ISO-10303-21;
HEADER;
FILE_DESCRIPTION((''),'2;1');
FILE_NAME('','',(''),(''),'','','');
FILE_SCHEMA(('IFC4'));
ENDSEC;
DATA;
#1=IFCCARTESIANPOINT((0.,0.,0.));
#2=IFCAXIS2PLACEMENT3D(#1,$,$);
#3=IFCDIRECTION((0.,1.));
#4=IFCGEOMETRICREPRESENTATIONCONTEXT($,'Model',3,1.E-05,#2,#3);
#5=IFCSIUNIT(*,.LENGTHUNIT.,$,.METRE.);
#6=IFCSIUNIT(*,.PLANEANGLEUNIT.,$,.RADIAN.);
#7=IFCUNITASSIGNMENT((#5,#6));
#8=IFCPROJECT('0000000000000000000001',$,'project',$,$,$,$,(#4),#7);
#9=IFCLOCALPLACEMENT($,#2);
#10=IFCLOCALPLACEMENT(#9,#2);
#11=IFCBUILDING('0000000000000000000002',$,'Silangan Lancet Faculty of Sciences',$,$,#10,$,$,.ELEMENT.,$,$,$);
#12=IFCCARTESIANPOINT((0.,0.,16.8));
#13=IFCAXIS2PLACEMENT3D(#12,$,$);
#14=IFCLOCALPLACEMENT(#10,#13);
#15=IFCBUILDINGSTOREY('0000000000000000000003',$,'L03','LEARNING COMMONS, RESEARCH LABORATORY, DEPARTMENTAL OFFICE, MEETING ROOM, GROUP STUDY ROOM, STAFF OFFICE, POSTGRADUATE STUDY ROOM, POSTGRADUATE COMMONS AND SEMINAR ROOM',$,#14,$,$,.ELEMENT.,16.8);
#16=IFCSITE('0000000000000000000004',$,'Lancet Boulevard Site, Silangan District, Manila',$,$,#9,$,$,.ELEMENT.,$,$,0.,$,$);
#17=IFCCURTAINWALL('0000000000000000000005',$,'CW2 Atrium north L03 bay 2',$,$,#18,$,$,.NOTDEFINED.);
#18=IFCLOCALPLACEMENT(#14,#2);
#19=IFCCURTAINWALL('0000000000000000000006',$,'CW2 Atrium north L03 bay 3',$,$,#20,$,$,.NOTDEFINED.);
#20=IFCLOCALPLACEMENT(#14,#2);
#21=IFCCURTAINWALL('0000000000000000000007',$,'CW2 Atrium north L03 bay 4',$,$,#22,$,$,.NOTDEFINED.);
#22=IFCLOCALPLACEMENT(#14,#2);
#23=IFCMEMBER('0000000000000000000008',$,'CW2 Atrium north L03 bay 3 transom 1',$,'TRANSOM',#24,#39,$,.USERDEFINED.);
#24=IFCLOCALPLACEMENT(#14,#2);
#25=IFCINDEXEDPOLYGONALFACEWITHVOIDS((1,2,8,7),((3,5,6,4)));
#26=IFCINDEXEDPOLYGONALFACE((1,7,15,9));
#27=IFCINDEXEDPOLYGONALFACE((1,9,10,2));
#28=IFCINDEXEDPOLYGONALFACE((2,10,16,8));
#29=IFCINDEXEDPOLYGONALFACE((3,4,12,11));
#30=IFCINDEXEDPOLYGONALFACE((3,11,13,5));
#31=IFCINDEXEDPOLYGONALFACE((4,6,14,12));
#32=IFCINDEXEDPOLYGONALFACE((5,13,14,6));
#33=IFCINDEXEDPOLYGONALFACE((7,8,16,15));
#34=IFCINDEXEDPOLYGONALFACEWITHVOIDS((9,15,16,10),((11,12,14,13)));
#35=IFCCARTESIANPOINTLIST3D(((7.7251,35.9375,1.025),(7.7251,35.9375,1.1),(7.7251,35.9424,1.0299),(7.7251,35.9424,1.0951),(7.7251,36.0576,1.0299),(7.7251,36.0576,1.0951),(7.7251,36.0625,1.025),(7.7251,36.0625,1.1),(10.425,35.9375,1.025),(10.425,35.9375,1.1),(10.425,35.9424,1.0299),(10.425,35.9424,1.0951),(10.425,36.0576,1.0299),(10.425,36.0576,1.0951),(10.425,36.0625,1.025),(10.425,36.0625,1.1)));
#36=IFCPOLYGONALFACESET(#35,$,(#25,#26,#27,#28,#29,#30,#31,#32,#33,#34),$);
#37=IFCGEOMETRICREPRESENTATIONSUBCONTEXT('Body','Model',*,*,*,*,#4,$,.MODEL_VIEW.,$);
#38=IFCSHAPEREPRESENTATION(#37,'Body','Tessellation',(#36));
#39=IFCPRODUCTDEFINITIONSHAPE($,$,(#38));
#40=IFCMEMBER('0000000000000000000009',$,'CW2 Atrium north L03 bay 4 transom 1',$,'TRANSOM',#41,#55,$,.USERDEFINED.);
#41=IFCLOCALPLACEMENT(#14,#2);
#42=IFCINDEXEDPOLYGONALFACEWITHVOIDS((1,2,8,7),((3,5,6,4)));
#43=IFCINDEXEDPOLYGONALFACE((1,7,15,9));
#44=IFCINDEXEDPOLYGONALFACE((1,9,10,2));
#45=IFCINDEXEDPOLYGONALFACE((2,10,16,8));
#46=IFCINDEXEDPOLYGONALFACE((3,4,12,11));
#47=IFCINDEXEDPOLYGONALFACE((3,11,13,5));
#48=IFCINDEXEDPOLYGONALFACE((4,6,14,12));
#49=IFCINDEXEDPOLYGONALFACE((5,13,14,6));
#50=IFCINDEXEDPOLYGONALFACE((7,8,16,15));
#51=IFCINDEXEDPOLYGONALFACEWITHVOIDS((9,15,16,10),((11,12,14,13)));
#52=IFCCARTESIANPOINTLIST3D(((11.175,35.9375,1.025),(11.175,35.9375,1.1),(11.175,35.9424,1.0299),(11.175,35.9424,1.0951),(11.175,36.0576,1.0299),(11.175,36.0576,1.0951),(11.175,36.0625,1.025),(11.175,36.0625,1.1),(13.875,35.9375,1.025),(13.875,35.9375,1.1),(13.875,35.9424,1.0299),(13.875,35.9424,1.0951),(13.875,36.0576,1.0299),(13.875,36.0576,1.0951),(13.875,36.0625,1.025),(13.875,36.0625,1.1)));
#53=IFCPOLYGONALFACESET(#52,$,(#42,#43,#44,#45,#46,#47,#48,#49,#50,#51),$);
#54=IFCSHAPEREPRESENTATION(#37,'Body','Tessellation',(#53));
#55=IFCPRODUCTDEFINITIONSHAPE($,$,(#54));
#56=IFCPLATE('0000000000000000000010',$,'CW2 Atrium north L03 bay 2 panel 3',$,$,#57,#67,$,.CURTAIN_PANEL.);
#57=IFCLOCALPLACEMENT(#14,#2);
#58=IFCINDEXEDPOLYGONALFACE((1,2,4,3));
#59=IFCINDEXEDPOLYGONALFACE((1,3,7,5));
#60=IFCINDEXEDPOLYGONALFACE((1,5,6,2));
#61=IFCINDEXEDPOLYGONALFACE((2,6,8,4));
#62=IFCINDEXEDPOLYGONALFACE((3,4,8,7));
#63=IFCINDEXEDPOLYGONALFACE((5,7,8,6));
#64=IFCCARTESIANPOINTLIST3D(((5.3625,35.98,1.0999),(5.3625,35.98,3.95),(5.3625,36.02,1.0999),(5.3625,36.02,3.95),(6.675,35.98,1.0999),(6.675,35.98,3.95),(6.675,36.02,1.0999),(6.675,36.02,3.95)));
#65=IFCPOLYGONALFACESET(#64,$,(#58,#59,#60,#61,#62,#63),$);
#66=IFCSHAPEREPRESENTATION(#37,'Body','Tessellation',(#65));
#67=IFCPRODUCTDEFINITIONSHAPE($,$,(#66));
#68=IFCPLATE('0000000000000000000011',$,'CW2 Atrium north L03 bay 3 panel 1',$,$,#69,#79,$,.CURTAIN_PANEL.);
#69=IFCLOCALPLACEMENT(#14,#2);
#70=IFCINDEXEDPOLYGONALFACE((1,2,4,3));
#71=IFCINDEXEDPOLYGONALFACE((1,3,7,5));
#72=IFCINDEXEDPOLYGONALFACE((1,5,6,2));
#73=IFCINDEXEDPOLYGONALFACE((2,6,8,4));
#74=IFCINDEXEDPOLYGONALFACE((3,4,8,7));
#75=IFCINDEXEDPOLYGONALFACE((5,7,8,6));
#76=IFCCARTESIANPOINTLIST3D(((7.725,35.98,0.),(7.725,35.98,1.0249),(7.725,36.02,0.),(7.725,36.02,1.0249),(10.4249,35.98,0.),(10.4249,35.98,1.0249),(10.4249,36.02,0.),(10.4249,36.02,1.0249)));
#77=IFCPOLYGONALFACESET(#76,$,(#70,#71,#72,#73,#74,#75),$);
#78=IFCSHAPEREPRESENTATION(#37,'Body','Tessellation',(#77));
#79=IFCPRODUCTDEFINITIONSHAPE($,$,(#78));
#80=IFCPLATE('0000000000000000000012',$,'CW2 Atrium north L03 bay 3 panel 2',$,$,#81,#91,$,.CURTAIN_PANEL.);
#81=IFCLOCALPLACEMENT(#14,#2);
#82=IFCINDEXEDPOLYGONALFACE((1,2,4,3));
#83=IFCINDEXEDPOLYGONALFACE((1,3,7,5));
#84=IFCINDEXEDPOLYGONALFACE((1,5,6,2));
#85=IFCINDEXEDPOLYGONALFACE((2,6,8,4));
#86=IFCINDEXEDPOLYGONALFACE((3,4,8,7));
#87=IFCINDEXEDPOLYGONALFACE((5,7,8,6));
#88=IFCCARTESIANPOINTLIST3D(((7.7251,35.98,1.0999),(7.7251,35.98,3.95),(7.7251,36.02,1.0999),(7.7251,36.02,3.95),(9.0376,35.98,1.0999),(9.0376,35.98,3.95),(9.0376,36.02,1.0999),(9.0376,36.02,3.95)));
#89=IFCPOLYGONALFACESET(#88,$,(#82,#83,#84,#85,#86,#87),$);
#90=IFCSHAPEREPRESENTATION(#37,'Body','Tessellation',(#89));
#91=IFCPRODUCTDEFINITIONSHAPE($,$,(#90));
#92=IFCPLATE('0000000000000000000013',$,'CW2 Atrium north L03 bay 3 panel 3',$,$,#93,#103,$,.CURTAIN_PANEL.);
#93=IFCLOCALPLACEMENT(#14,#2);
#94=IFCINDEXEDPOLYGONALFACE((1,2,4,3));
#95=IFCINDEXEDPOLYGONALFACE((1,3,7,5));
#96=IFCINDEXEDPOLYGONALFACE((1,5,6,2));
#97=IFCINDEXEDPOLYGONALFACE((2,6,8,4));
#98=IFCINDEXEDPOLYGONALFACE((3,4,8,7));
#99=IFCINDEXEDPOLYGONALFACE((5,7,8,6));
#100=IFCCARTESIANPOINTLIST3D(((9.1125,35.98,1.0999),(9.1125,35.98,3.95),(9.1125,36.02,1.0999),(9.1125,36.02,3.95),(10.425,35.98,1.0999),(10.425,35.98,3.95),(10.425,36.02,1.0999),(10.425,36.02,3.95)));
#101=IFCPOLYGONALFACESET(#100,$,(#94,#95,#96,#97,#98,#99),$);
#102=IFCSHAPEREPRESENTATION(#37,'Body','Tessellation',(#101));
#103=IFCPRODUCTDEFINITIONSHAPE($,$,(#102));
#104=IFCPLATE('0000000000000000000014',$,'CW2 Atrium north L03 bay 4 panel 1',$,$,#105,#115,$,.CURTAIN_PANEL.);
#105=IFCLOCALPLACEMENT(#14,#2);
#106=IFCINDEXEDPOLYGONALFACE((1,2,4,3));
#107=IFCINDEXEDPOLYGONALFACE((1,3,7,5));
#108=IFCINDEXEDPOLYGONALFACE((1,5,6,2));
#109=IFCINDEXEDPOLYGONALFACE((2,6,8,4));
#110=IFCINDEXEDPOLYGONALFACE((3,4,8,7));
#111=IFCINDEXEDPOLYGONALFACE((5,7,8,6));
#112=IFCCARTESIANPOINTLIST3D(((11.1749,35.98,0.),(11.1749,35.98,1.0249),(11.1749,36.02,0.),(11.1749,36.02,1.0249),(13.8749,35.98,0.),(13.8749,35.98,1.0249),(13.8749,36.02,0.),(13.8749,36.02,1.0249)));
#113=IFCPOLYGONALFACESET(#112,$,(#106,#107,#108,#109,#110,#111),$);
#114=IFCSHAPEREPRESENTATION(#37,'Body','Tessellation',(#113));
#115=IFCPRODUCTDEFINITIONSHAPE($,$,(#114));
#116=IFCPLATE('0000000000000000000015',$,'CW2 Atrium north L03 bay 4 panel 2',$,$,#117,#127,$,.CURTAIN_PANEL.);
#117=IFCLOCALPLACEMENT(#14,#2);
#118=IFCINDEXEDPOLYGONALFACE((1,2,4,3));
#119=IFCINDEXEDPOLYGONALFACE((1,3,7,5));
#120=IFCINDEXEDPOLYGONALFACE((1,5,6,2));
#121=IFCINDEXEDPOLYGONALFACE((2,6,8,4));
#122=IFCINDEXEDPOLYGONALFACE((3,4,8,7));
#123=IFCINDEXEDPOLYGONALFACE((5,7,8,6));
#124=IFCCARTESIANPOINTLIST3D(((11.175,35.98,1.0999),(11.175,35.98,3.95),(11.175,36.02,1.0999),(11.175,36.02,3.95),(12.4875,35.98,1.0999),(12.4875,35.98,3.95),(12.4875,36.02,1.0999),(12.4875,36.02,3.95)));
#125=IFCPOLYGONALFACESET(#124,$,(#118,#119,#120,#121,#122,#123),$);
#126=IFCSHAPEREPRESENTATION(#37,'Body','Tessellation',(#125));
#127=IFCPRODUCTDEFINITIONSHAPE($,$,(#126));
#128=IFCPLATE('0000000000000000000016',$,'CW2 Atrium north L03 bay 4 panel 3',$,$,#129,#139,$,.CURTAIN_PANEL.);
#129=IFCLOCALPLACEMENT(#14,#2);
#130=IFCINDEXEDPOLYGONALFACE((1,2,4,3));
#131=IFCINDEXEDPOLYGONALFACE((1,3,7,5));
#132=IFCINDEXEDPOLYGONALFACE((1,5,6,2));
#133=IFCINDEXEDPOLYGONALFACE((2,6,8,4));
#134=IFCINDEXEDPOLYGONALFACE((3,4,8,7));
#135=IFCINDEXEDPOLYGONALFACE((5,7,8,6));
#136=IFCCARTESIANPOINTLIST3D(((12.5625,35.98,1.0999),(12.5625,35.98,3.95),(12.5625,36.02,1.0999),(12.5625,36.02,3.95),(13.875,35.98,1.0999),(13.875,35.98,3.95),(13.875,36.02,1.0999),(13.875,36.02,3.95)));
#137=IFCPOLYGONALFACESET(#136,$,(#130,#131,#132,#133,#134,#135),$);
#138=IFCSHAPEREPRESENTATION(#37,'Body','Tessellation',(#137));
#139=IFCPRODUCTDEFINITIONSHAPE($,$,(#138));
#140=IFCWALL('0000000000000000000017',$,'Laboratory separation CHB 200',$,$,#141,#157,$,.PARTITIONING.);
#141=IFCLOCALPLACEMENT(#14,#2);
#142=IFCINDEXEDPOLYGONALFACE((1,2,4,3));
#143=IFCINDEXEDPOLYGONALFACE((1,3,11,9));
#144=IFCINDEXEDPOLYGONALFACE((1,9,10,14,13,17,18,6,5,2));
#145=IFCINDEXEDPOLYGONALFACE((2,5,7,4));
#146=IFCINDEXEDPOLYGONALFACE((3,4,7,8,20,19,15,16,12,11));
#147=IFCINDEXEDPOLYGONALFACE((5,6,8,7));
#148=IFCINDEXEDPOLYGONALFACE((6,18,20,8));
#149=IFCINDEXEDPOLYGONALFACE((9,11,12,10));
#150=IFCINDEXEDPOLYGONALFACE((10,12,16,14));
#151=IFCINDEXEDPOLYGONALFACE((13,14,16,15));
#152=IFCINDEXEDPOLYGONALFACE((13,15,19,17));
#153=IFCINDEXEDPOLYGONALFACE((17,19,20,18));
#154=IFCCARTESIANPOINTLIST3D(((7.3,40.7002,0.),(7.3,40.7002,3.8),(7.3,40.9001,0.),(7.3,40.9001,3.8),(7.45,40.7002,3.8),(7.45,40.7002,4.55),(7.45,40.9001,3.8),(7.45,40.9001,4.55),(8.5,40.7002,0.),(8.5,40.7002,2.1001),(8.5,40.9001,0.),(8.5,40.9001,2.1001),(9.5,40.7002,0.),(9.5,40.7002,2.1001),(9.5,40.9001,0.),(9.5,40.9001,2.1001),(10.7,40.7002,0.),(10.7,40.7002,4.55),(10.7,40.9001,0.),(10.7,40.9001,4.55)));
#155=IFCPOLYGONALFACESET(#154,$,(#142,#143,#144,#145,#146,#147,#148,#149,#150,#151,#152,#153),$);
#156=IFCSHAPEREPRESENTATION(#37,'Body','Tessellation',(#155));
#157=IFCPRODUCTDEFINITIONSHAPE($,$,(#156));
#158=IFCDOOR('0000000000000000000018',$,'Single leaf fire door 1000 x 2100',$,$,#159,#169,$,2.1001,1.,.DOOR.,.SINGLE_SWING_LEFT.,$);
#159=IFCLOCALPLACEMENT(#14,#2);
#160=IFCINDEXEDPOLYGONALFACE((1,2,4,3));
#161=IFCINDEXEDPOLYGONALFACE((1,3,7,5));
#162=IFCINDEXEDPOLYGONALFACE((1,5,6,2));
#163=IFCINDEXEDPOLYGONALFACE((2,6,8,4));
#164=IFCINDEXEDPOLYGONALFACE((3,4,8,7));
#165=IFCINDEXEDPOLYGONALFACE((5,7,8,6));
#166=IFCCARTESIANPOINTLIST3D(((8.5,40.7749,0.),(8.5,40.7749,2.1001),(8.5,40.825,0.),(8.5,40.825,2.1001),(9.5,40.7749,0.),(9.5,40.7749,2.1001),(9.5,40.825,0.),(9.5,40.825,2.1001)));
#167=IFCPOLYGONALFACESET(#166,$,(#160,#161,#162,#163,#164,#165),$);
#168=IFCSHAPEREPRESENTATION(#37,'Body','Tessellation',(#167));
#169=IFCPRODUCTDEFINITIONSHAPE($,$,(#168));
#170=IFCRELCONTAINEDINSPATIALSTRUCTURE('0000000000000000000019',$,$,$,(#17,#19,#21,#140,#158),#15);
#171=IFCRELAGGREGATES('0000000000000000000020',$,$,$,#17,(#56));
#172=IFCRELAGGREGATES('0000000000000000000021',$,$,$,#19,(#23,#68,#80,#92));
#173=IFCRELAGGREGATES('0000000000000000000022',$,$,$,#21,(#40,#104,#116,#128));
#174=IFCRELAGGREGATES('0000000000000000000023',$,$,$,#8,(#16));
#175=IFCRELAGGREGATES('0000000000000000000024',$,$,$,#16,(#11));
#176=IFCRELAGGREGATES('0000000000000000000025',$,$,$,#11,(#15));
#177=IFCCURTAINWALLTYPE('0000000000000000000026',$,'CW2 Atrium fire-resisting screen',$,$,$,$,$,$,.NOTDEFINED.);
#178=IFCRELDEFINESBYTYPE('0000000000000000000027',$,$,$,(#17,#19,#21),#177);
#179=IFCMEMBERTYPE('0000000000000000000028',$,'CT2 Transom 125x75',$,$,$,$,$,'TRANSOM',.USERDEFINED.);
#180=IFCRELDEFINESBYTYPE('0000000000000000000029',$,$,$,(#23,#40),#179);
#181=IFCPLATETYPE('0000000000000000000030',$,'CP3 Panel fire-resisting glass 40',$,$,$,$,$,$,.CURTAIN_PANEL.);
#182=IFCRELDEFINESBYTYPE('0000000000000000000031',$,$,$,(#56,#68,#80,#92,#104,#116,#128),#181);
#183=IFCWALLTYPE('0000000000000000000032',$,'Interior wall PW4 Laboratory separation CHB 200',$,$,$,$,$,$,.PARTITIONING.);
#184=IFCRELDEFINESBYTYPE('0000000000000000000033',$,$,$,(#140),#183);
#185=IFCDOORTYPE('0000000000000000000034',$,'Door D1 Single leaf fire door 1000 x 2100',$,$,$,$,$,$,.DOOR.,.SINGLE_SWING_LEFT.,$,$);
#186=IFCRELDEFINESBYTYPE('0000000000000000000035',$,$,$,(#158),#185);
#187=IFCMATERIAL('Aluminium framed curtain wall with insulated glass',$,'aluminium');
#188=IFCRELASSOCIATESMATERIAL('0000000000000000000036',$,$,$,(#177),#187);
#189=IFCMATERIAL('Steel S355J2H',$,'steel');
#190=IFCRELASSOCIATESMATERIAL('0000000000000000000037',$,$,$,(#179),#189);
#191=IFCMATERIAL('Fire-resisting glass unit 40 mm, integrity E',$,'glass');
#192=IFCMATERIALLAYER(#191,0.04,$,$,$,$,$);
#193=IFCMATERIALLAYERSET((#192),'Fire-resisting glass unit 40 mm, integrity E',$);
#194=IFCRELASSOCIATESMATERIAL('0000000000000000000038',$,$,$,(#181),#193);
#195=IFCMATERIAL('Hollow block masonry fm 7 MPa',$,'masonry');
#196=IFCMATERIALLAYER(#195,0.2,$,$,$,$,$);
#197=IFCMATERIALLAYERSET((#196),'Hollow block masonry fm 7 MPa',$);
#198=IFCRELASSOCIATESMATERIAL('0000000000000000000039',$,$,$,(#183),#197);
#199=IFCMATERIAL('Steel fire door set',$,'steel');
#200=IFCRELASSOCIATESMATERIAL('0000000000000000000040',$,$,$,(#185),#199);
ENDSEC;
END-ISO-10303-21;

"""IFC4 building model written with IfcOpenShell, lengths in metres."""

from ifc_helpers import new_model, si_unit, direction, frame, frame_2d, origin, origin_2d, place, context, subcontext, project, spatial, polyline, rectangle, hollow_rectangle, outline, extrude, material, layer, layer_set, material_profile, profile_set, type_object, element, fill, aggregate, save


model = new_model("IFC4")

# Units and contexts
model_context = context("Model", 3, precision=1e-05, world=origin(), true_north=direction((0.0, 1.0)))
body_context = subcontext(model_context, "Body", "Model", "MODEL_VIEW")
ifc_project = project(units=[si_unit("LENGTHUNIT", "METRE"), si_unit("PLANEANGLEUNIT", "RADIAN")], contexts=[model_context])

# Site, building, storey
site_placement = place(None, origin())
site = spatial("IfcSite", under=ifc_project, at=site_placement, Name="Lancet Boulevard Site, Silangan District, Manila", CompositionType="ELEMENT", RefElevation=0.0)
building_placement = place(site_placement, origin())
building = spatial("IfcBuilding", under=site, at=building_placement, Name="Silangan Lancet Faculty of Sciences", CompositionType="ELEMENT")
storey_placement = place(building_placement, frame((0.0, 0.0, 16.8)))
storey = spatial("IfcBuildingStorey", under=building, at=storey_placement, Name="L03", Description="LEARNING COMMONS, RESEARCH LABORATORY, DEPARTMENTAL OFFICE, MEETING ROOM, GROUP STUDY ROOM, STAFF OFFICE, POSTGRADUATE STUDY ROOM, POSTGRADUATE COMMONS AND SEMINAR ROOM", CompositionType="ELEMENT", Elevation=16.8)

# Curtain wall
ifc_material_1 = material(Name="Aluminium framed curtain wall with insulated glass", Category="aluminium")
curtain_wall_type = type_object("IfcCurtainWallType", Name="CW2 Atrium fire-resisting screen", PredefinedType="NOTDEFINED", material=ifc_material_1)
curtain_wall_1_placement = place(storey_placement, origin())
curtain_wall_1 = element("IfcCurtainWall", 1, at=curtain_wall_1_placement, inside=storey, type_object=curtain_wall_type, Name="CW2 Atrium north L03 bay 2", PredefinedType="NOTDEFINED")

# Curtain walls
curtain_wall_2_placement = place(storey_placement, origin())
curtain_wall_2 = element("IfcCurtainWall", 2, at=curtain_wall_2_placement, inside=storey, type_object=curtain_wall_type, Name="CW2 Atrium north L03 bay 3", PredefinedType="NOTDEFINED")
curtain_wall_3_placement = place(storey_placement, origin())
curtain_wall_3 = element("IfcCurtainWall", 3, at=curtain_wall_3_placement, inside=storey, type_object=curtain_wall_type, Name="CW2 Atrium north L03 bay 4", PredefinedType="NOTDEFINED")

# Members
ifc_material_2 = material(Name="Steel S355J2H", Category="steel")
ifc_material_profile_1 = material_profile(ifc_material_2, hollow_rectangle(XDim=0.125, YDim=0.075, WallThickness=0.0049, at=origin_2d()), Name="ST BOX 125x75x5")
ifc_profile_set_1 = profile_set([ifc_material_profile_1], Name="Steel S355J2H")
member_type_1 = type_object("IfcMemberType", Name="CT2 Transom 125x75", ElementType="TRANSOM", PredefinedType="USERDEFINED", material=ifc_profile_set_1)
member_1_placement = place(storey_placement, frame((7.7251, 36.0, 1.0625), z_axis=(1.0, 0.0, 0.0), x_axis=(0.0, 1.0, 0.0)))
member_1 = element("IfcMember", 4, at=member_1_placement, type_object=member_type_1, Name="CW2 Atrium north L03 bay 3 transom 1", ObjectType="TRANSOM", PredefinedType="USERDEFINED", context=body_context, shape_type="SweptSolid", body=[
    extrude(hollow_rectangle(XDim=0.125, YDim=0.075, WallThickness=0.0049, at=origin_2d()), origin(), (0.0, 0.0, 1.0), 2.7),
])
member_2_placement = place(storey_placement, frame((11.175, 36.0, 1.0625), z_axis=(1.0, 0.0, 0.0), x_axis=(0.0, 1.0, 0.0)))
member_2 = element("IfcMember", 5, at=member_2_placement, type_object=member_type_1, Name="CW2 Atrium north L03 bay 4 transom 1", ObjectType="TRANSOM", PredefinedType="USERDEFINED", context=body_context, shape_type="SweptSolid", body=[
    extrude(hollow_rectangle(XDim=0.125, YDim=0.075, WallThickness=0.0049, at=origin_2d()), origin(), (0.0, 0.0, 1.0), 2.7),
])

# Plates
ifc_material_3 = material(Name="Fire-resisting glass unit 40 mm, integrity E", Category="glass")
ifc_layer_1 = layer(ifc_material_3, 0.04)
ifc_layer_set_1 = layer_set([ifc_layer_1], Name="Fire-resisting glass unit 40 mm, integrity E")
plate_type = type_object("IfcPlateType", Name="CP3 Panel fire-resisting glass 40", PredefinedType="CURTAIN_PANEL", material=ifc_layer_set_1)
plate_1_placement = place(storey_placement, frame((6.0188, 36.0, 1.0999), z_axis=(0.0, 0.0, 1.0), x_axis=(1.0, 0.0, 0.0)))
plate_1 = element("IfcPlate", 6, at=plate_1_placement, type_object=plate_type, Name="CW2 Atrium north L03 bay 2 panel 3", PredefinedType="CURTAIN_PANEL", context=body_context, shape_type="SweptSolid", body=[
    extrude(rectangle(XDim=1.3125, YDim=0.04, at=origin_2d()), origin(), (0.0, 0.0, 1.0), 2.8501),
])
aggregate(curtain_wall_1, [plate_1])
plate_2_placement = place(storey_placement, frame((9.075, 36.0, 0.0), z_axis=(0.0, 0.0, 1.0), x_axis=(1.0, 0.0, 0.0)))
plate_2 = element("IfcPlate", 7, at=plate_2_placement, type_object=plate_type, Name="CW2 Atrium north L03 bay 3 panel 1", PredefinedType="CURTAIN_PANEL", context=body_context, shape_type="SweptSolid", body=[
    extrude(rectangle(XDim=2.7, YDim=0.04, at=origin_2d()), origin(), (0.0, 0.0, 1.0), 1.0249),
])
plate_3_placement = place(storey_placement, frame((8.3813, 36.0, 1.0999), z_axis=(0.0, 0.0, 1.0), x_axis=(1.0, 0.0, 0.0)))
plate_3 = element("IfcPlate", 8, at=plate_3_placement, type_object=plate_type, Name="CW2 Atrium north L03 bay 3 panel 2", PredefinedType="CURTAIN_PANEL", context=body_context, shape_type="SweptSolid", body=[
    extrude(rectangle(XDim=1.3125, YDim=0.04, at=origin_2d()), origin(), (0.0, 0.0, 1.0), 2.8501),
])
plate_4_placement = place(storey_placement, frame((9.7688, 36.0, 1.0999), z_axis=(0.0, 0.0, 1.0), x_axis=(1.0, 0.0, 0.0)))
plate_4 = element("IfcPlate", 9, at=plate_4_placement, type_object=plate_type, Name="CW2 Atrium north L03 bay 3 panel 3", PredefinedType="CURTAIN_PANEL", context=body_context, shape_type="SweptSolid", body=[
    extrude(rectangle(XDim=1.3125, YDim=0.04, at=origin_2d()), origin(), (0.0, 0.0, 1.0), 2.8501),
])
aggregate(curtain_wall_2, [member_1, plate_2, plate_3, plate_4])
plate_5_placement = place(storey_placement, frame((12.5249, 36.0, 0.0), z_axis=(0.0, 0.0, 1.0), x_axis=(1.0, 0.0, 0.0)))
plate_5 = element("IfcPlate", 10, at=plate_5_placement, type_object=plate_type, Name="CW2 Atrium north L03 bay 4 panel 1", PredefinedType="CURTAIN_PANEL", context=body_context, shape_type="SweptSolid", body=[
    extrude(rectangle(XDim=2.7, YDim=0.04, at=origin_2d()), origin(), (0.0, 0.0, 1.0), 1.0249),
])
plate_6_placement = place(storey_placement, frame((11.8313, 36.0, 1.0999), z_axis=(0.0, 0.0, 1.0), x_axis=(1.0, 0.0, 0.0)))
plate_6 = element("IfcPlate", 11, at=plate_6_placement, type_object=plate_type, Name="CW2 Atrium north L03 bay 4 panel 2", PredefinedType="CURTAIN_PANEL", context=body_context, shape_type="SweptSolid", body=[
    extrude(rectangle(XDim=1.3125, YDim=0.04, at=origin_2d()), origin(), (0.0, 0.0, 1.0), 2.8501),
])
plate_7_placement = place(storey_placement, frame((13.2188, 36.0, 1.0999), z_axis=(0.0, 0.0, 1.0), x_axis=(1.0, 0.0, 0.0)))
plate_7 = element("IfcPlate", 12, at=plate_7_placement, type_object=plate_type, Name="CW2 Atrium north L03 bay 4 panel 3", PredefinedType="CURTAIN_PANEL", context=body_context, shape_type="SweptSolid", body=[
    extrude(rectangle(XDim=1.3125, YDim=0.04, at=origin_2d()), origin(), (0.0, 0.0, 1.0), 2.8501),
])
aggregate(curtain_wall_3, [member_2, plate_5, plate_6, plate_7])

# Wall, opening, door
ifc_material_4 = material(Name="Hollow block masonry fm 7 MPa", Category="masonry")
ifc_layer_2 = layer(ifc_material_4, 0.2)
ifc_layer_set_2 = layer_set([ifc_layer_2], Name="Hollow block masonry fm 7 MPa")
wall_type = type_object("IfcWallType", Name="Interior wall PW4 Laboratory separation CHB 200", PredefinedType="PARTITIONING", material=ifc_layer_set_2)
wall_1_placement = place(storey_placement, frame((7.3, 40.8, 0.0), z_axis=(0.0, 0.0, 1.0), x_axis=(1.0, 0.0, 0.0)))
wall_1 = element("IfcWall", 13, at=wall_1_placement, inside=storey, type_object=wall_type, Name="Laboratory separation CHB 200", PredefinedType="PARTITIONING", context=body_context, shape_type="SweptSolid", body=[
    extrude(outline(polyline([(0.0, 0.0), (3.3999, 0.0), (3.3999, 4.55), (0.1499, 4.55), (0.1499, 3.8), (0.0, 3.8), (0.0, 0.0)])), frame((0.0, 0.1001, 0.0), z_axis=(0.0, -1.0, 0.0), x_axis=(1.0, 0.0, 0.0)), (0.0, 0.0, 1.0), 0.2),
])
opening_1_placement = place(wall_1_placement, frame((1.2, 0.0, 0.0)))
opening_1 = element("IfcOpeningElement", 14, at=opening_1_placement, cuts=wall_1, PredefinedType="OPENING", context=body_context, shape_type="SweptSolid", body=[
    extrude(rectangle(XDim=1.0, YDim=2.1001, at=frame_2d((0.5, 1.05))), frame((0.0, 0.1099, 0.0), z_axis=(0.0, -1.0, 0.0), x_axis=(1.0, 0.0, 0.0)), (0.0, 0.0, 1.0), 0.22),
])
ifc_material_5 = material(Name="Steel fire door set", Category="steel")
door_type = type_object("IfcDoorType", Name="Door D1 Single leaf fire door 1000 x 2100", OperationType="SINGLE_SWING_LEFT", PredefinedType="DOOR", material=ifc_material_5)
door_1_placement = place(opening_1_placement, frame((1.0, 0.0, 0.0), z_axis=(0.0, 0.0, 1.0), x_axis=(-1.0, 0.0, 0.0)))
door_1 = element("IfcDoor", 15, at=door_1_placement, inside=storey, type_object=door_type, Name="Single leaf fire door 1000 x 2100", OperationType="SINGLE_SWING_LEFT", OverallHeight=2.1001, OverallWidth=1.0, PredefinedType="DOOR", context=body_context, shape_type="SweptSolid", body=[
    extrude(rectangle(XDim=1.0, YDim=2.1001, at=frame_2d((0.5, 1.05))), frame((0.0, 0.0251, 0.0), z_axis=(0.0, -1.0, 0.0), x_axis=(1.0, 0.0, 0.0)), (0.0, 0.0, 1.0), 0.05),
])
fill(opening_1, door_1)

save(model, "model.ifc")
